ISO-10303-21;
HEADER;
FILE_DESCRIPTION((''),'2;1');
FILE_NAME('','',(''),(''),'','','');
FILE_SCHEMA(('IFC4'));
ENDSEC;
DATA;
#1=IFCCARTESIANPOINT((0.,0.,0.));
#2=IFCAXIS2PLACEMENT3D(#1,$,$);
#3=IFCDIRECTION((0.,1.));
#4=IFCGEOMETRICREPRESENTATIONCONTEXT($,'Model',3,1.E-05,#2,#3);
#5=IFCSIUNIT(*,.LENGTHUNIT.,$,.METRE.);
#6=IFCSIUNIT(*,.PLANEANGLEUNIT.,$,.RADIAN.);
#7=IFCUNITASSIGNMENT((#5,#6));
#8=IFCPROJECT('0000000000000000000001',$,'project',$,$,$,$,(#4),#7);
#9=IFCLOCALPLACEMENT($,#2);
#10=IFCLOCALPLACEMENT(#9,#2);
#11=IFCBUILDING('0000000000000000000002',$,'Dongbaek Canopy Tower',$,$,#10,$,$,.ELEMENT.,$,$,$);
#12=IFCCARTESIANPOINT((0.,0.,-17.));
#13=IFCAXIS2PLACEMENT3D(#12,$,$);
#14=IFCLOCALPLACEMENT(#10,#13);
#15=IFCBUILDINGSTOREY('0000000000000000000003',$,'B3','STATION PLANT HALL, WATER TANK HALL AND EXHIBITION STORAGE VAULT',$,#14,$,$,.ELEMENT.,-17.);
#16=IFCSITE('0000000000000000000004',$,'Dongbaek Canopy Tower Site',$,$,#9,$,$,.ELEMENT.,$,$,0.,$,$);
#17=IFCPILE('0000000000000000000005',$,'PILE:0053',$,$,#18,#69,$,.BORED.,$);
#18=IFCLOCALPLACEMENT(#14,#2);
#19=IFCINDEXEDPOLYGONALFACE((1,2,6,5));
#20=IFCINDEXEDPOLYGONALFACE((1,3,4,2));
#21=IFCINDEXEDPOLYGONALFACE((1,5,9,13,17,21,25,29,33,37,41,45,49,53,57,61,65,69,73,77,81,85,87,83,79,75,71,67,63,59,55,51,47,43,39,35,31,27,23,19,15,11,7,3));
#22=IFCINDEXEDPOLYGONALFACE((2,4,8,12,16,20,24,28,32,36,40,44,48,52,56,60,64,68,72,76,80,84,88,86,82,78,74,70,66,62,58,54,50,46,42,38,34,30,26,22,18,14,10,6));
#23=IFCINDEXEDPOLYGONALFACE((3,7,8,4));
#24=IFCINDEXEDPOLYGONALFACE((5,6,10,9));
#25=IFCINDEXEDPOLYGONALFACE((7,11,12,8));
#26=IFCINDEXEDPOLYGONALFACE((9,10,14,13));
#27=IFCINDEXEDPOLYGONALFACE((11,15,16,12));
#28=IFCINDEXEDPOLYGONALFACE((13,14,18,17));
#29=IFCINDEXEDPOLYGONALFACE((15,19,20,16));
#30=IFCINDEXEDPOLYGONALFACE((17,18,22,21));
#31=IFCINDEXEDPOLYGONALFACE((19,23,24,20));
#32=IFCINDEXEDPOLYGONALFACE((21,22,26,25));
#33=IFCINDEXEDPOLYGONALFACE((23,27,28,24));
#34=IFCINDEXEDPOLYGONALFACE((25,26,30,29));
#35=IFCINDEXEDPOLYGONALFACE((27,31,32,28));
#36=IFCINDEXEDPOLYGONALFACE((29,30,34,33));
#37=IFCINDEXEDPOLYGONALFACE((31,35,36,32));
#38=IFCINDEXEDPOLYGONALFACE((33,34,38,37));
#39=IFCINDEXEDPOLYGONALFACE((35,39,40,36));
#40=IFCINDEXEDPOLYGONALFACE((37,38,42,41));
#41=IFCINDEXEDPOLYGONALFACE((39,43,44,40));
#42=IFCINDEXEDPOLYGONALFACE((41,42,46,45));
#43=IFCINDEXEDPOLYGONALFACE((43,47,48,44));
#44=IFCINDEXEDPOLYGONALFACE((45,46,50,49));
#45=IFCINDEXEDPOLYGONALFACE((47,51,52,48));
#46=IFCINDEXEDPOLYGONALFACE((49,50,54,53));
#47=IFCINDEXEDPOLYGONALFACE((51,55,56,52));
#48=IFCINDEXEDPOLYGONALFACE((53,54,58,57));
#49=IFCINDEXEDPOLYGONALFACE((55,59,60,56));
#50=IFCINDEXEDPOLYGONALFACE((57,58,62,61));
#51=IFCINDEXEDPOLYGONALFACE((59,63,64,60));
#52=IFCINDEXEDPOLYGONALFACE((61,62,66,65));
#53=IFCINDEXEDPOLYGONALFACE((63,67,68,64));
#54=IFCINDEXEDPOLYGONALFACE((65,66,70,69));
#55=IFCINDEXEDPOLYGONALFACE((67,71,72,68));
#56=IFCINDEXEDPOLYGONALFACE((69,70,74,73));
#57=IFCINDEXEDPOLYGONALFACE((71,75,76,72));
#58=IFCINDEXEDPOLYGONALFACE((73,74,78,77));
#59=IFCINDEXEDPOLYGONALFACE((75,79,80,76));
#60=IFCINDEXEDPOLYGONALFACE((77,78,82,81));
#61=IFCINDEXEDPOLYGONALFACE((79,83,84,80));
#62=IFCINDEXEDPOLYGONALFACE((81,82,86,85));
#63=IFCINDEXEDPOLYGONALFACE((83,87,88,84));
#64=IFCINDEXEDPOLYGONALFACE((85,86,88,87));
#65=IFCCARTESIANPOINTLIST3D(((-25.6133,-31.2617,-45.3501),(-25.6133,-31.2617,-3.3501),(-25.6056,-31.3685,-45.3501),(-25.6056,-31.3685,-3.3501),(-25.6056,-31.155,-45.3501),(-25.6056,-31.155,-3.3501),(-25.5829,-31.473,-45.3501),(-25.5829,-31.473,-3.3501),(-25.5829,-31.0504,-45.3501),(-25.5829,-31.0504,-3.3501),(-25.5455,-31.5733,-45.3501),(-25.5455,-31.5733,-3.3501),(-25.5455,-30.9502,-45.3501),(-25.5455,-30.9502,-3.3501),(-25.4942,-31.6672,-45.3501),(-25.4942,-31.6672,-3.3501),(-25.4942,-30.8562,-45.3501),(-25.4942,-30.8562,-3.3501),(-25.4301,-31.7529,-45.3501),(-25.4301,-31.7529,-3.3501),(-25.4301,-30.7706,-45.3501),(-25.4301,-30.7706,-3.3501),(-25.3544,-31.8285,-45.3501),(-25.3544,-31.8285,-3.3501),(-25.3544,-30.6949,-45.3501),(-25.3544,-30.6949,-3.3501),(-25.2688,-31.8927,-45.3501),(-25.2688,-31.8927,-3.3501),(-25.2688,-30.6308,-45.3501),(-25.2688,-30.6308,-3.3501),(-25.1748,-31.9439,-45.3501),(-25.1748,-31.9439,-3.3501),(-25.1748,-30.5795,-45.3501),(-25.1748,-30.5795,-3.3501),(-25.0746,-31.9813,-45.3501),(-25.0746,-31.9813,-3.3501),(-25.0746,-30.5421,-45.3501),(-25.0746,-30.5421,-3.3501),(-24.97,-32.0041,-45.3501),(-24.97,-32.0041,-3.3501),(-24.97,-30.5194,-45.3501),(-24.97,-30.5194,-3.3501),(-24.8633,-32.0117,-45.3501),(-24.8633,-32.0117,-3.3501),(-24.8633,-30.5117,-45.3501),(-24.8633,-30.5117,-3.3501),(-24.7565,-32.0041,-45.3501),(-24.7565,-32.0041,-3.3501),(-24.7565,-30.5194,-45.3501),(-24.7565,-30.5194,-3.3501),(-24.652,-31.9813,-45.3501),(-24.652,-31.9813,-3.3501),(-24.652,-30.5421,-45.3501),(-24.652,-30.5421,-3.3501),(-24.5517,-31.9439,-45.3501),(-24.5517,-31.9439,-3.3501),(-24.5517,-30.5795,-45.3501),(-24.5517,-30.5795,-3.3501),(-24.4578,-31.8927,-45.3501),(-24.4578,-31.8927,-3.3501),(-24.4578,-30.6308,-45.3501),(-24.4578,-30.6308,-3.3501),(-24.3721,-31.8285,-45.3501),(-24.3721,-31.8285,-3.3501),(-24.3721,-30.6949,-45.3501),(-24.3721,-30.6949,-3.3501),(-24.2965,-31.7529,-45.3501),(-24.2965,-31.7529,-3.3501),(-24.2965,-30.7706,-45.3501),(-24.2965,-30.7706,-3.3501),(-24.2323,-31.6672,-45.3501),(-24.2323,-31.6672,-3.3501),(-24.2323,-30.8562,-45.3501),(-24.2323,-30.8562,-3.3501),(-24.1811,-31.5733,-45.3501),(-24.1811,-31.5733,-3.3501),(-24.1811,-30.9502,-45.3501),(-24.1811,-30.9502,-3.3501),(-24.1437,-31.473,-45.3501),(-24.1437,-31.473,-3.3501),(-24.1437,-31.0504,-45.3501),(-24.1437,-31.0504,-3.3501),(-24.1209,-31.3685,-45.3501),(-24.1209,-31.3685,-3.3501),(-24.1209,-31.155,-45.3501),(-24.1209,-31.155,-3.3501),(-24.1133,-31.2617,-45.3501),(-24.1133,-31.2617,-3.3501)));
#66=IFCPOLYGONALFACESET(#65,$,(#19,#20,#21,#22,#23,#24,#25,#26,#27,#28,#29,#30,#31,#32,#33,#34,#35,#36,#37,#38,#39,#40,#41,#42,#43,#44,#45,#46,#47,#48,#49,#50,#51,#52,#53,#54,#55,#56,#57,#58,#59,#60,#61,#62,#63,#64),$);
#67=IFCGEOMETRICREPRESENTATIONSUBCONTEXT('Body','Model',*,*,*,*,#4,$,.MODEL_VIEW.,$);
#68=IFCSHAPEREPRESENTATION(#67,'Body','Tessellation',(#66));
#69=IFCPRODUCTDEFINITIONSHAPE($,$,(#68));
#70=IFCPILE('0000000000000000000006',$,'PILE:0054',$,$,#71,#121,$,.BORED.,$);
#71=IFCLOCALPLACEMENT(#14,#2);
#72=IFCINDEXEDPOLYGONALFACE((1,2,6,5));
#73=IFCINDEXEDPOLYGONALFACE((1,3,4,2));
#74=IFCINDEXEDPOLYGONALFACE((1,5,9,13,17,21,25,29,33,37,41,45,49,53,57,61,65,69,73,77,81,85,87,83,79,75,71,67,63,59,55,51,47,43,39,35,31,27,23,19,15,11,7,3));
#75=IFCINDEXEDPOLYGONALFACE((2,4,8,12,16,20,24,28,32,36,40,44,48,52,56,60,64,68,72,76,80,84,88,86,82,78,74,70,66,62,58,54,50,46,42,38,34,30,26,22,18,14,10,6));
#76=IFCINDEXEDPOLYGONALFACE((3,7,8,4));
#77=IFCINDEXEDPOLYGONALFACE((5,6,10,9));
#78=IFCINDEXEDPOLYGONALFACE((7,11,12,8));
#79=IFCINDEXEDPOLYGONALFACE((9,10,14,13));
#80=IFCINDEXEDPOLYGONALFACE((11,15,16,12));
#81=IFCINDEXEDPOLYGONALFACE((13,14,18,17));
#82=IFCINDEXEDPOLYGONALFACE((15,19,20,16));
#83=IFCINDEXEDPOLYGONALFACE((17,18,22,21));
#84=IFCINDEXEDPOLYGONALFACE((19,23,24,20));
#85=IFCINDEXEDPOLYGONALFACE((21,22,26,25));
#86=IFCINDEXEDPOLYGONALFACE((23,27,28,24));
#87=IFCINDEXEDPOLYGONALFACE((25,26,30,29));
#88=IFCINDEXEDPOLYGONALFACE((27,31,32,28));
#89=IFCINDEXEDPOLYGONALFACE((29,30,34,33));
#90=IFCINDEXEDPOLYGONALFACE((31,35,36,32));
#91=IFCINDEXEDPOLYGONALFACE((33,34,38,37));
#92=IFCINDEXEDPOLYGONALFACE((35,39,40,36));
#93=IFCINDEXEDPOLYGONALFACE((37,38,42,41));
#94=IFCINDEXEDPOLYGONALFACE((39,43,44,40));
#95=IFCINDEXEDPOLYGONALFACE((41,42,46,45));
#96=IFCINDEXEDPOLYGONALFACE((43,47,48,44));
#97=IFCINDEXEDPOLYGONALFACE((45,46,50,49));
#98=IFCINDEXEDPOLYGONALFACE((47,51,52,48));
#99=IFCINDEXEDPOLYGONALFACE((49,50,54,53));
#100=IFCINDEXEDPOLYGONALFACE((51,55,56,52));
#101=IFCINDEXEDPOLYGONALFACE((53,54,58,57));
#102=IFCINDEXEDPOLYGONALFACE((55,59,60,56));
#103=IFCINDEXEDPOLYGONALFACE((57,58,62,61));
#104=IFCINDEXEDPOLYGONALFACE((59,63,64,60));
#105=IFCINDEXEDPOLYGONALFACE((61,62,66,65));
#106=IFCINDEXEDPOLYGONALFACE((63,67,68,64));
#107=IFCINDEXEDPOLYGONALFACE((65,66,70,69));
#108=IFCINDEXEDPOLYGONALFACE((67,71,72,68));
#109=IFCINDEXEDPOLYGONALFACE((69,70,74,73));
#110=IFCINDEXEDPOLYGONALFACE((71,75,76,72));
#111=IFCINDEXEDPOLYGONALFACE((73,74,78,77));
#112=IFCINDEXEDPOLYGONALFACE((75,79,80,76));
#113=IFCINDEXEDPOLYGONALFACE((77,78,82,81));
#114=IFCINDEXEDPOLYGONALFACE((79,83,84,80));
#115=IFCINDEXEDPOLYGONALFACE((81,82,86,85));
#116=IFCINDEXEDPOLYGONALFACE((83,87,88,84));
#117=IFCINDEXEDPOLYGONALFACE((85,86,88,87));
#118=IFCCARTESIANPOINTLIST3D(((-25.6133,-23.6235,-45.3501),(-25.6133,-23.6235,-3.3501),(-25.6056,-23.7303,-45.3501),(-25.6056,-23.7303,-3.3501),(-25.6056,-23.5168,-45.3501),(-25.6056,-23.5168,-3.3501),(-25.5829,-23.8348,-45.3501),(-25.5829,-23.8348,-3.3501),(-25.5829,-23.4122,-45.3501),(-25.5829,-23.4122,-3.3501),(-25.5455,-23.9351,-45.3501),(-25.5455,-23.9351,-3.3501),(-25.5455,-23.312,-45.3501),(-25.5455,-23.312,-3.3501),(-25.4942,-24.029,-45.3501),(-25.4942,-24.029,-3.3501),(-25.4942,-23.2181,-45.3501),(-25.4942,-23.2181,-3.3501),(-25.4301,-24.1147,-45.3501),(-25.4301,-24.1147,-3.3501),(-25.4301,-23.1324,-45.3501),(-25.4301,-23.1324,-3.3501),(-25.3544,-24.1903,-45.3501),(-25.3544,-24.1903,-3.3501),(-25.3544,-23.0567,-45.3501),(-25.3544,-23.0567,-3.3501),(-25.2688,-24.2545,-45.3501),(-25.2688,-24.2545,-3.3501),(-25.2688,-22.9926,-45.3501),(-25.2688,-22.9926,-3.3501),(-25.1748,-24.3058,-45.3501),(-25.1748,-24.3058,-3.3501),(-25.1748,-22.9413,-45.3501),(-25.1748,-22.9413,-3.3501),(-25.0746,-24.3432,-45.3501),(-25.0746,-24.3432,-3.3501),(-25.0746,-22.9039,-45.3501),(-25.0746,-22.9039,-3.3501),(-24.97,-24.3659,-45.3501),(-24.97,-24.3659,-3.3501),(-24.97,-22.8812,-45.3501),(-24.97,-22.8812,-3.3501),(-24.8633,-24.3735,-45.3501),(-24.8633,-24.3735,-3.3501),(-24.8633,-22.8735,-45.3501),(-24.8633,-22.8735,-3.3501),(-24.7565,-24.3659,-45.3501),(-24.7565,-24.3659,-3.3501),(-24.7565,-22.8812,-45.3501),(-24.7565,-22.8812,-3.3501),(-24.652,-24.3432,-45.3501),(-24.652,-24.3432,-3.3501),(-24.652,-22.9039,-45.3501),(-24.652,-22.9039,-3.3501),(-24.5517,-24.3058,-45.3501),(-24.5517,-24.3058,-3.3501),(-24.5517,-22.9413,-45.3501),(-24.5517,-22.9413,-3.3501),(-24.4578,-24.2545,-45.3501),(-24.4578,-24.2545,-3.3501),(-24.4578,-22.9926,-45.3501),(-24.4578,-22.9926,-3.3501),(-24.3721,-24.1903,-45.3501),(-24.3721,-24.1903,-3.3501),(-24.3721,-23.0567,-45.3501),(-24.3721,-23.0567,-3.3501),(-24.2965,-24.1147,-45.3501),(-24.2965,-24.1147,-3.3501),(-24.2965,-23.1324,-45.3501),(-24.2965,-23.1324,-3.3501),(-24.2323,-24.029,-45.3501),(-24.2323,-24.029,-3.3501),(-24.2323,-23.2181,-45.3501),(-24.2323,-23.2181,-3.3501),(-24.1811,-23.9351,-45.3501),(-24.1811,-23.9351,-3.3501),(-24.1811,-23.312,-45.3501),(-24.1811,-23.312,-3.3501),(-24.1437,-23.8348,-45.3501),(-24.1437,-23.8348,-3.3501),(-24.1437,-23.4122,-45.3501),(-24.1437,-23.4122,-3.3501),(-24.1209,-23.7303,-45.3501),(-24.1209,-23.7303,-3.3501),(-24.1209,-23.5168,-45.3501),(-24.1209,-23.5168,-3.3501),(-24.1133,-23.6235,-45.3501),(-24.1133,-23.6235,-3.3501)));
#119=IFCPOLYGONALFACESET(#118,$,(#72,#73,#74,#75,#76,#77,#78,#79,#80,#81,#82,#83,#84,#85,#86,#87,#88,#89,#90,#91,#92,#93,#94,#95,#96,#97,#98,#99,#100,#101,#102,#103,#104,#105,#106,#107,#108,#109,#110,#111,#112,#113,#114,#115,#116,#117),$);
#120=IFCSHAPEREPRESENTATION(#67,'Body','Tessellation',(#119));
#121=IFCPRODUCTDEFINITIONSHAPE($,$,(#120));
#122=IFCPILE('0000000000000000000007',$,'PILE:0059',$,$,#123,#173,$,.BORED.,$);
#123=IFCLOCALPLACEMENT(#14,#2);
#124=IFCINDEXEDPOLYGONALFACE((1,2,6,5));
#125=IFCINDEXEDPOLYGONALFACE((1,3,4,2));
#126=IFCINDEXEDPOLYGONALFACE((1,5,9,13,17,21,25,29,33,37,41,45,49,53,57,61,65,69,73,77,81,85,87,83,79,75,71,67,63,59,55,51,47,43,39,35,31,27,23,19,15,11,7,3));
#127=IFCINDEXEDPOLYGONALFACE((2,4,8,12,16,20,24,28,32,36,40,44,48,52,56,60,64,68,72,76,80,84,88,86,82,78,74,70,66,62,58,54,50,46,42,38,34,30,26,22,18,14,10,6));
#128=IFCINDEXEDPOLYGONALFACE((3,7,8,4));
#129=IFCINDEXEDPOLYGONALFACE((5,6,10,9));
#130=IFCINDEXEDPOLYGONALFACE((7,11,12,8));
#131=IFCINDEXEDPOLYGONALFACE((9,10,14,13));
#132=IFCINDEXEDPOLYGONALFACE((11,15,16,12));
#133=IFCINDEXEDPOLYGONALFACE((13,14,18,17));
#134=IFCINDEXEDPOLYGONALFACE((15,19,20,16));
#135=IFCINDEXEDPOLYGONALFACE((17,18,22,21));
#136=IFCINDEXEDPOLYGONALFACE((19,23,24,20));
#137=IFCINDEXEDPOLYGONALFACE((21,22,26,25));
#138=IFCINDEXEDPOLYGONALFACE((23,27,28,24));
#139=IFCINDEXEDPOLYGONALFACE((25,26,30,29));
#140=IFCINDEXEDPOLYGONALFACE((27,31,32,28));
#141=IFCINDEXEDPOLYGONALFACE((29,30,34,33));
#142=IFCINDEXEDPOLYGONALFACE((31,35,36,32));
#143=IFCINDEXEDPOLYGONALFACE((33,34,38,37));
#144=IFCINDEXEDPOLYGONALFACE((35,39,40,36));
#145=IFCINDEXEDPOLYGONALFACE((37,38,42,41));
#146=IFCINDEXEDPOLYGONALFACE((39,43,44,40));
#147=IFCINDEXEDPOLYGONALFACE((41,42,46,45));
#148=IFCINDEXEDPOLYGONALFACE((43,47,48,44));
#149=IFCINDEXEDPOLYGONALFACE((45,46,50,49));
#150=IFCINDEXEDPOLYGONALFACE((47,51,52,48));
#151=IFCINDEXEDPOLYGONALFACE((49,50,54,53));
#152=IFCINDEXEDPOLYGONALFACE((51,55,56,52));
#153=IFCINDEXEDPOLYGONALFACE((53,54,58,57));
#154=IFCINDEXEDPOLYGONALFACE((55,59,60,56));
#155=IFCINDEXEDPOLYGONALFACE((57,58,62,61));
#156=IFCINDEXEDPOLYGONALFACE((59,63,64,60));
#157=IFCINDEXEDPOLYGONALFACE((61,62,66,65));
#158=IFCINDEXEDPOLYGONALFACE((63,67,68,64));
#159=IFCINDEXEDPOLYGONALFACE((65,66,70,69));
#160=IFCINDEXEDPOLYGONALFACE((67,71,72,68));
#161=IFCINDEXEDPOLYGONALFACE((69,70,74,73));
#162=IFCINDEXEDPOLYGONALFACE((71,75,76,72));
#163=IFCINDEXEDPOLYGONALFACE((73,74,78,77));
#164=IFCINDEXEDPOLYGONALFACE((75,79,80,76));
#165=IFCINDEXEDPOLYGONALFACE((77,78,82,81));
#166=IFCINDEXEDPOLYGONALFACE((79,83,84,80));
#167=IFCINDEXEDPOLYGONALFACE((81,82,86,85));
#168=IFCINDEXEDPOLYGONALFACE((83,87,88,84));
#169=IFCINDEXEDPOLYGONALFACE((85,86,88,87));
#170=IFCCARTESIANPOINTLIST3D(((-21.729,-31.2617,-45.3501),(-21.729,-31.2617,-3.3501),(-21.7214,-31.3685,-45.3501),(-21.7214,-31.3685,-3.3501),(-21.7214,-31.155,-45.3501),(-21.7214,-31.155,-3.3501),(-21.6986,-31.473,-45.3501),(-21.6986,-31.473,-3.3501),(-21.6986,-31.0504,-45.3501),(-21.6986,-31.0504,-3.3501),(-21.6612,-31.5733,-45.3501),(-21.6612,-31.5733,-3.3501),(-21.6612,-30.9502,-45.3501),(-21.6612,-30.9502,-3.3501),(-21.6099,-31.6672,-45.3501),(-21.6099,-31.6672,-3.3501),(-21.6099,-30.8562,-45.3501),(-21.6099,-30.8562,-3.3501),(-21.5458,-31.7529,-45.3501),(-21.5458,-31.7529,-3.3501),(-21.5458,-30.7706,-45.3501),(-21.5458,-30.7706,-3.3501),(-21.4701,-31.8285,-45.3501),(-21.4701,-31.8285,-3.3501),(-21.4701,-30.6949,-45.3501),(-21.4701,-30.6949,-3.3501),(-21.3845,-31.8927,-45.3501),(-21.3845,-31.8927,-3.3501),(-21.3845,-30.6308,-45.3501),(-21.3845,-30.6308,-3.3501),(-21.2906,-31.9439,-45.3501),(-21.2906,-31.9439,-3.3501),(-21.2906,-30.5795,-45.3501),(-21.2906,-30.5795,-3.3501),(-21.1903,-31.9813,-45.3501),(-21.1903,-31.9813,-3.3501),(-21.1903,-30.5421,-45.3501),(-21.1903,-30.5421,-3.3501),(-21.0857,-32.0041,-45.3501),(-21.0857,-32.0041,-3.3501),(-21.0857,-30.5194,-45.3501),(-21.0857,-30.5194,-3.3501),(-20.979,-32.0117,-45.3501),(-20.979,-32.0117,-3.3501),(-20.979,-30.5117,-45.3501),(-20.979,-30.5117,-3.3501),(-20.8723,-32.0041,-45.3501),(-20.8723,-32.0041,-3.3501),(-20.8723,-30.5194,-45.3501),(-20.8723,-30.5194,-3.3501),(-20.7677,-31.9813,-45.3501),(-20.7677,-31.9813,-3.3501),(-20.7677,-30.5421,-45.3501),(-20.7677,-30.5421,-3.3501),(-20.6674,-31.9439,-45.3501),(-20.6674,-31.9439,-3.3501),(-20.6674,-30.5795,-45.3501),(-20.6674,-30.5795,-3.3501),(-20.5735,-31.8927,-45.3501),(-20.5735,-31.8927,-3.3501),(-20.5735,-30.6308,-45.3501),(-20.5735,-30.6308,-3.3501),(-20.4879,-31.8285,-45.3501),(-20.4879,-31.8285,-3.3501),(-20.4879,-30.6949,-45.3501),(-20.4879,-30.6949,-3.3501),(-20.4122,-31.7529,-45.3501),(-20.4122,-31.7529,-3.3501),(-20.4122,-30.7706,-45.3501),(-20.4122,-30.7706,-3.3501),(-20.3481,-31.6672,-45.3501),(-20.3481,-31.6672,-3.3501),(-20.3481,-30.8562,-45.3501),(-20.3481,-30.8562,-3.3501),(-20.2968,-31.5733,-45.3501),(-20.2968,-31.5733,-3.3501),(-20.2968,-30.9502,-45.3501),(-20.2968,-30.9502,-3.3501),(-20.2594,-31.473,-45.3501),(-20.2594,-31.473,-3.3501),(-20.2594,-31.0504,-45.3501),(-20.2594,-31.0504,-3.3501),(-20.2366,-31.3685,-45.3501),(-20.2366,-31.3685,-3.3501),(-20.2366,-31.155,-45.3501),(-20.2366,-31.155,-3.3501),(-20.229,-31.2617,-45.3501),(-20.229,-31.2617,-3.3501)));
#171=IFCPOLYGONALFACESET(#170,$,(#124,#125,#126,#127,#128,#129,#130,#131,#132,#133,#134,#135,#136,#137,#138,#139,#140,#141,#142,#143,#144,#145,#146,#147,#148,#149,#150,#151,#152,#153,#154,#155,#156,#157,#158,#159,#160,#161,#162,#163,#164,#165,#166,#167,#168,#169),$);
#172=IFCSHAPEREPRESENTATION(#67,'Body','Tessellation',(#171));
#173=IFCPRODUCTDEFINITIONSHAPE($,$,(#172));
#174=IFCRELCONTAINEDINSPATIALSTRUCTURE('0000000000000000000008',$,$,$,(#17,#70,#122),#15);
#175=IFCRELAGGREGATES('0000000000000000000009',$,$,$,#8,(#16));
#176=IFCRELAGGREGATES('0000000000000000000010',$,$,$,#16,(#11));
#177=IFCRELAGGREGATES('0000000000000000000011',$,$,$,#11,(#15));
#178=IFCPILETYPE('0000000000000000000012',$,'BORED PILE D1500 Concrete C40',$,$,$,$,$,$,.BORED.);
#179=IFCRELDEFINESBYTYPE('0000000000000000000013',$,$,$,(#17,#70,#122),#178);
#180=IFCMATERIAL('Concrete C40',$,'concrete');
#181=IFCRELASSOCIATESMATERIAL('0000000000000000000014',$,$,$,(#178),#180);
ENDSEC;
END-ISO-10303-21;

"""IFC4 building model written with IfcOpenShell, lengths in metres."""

from ifc_helpers import new_model, si_unit, direction, frame, origin, origin_2d, place, context, subcontext, project, spatial, circle, extrude, material, material_profile, profile_set, type_object, element, save


model = new_model("IFC4")

# Units and contexts
model_context = context("Model", 3, precision=1e-05, world=origin(), true_north=direction((0.0, 1.0)))
body_context = subcontext(model_context, "Body", "Model", "MODEL_VIEW")
ifc_project = project(units=[si_unit("LENGTHUNIT", "METRE"), si_unit("PLANEANGLEUNIT", "RADIAN")], contexts=[model_context])

# Site, building, storey
site_placement = place(None, origin())
site = spatial("IfcSite", under=ifc_project, at=site_placement, Name="Dongbaek Canopy Tower Site", CompositionType="ELEMENT", RefElevation=0.0)
building_placement = place(site_placement, origin())
building = spatial("IfcBuilding", under=site, at=building_placement, Name="Dongbaek Canopy Tower", CompositionType="ELEMENT")
storey_placement = place(building_placement, frame((0.0, 0.0, -17.0)))
storey = spatial("IfcBuildingStorey", under=building, at=storey_placement, Name="B3", Description="STATION PLANT HALL, WATER TANK HALL AND EXHIBITION STORAGE VAULT", CompositionType="ELEMENT", Elevation=-17.0)

# Piles
ifc_material_1 = material(Name="Concrete C40", Category="concrete")
ifc_material_profile_1 = material_profile(ifc_material_1, circle(Radius=0.75, at=origin_2d()), Name="BORED PILE D1500 Concrete C40")
ifc_profile_set_1 = profile_set([ifc_material_profile_1], Name="Concrete C40")
pile_type = type_object("IfcPileType", Name="BORED PILE D1500 Concrete C40", PredefinedType="BORED", material=ifc_profile_set_1)
for number, where, z_axis, x_axis, name in (
    (1, (-24.8633, -31.2617, -3.3501), (0.0, 0.0, -1.0), (1.0, 0.0, 0.0), "PILE:0053"),
    (2, (-24.8633, -23.6235, -3.3501), (0.0, 0.0, -1.0), (1.0, 0.0, 0.0), "PILE:0054"),
    (3, (-20.979, -31.2617, -3.3501), (0.0, 0.0, -1.0), (1.0, 0.0, 0.0), "PILE:0059"),
):
    element("IfcPile", number, at=place(storey_placement, frame(where, z_axis=z_axis, x_axis=x_axis)), inside=storey, type_object=pile_type, Name=name, PredefinedType="BORED", context=body_context, shape_type="SweptSolid", body=[
        extrude(circle(Radius=0.75, at=origin_2d()), origin(), (0.0, 0.0, 1.0), 42.0),
    ])

save(model, "model.ifc")
